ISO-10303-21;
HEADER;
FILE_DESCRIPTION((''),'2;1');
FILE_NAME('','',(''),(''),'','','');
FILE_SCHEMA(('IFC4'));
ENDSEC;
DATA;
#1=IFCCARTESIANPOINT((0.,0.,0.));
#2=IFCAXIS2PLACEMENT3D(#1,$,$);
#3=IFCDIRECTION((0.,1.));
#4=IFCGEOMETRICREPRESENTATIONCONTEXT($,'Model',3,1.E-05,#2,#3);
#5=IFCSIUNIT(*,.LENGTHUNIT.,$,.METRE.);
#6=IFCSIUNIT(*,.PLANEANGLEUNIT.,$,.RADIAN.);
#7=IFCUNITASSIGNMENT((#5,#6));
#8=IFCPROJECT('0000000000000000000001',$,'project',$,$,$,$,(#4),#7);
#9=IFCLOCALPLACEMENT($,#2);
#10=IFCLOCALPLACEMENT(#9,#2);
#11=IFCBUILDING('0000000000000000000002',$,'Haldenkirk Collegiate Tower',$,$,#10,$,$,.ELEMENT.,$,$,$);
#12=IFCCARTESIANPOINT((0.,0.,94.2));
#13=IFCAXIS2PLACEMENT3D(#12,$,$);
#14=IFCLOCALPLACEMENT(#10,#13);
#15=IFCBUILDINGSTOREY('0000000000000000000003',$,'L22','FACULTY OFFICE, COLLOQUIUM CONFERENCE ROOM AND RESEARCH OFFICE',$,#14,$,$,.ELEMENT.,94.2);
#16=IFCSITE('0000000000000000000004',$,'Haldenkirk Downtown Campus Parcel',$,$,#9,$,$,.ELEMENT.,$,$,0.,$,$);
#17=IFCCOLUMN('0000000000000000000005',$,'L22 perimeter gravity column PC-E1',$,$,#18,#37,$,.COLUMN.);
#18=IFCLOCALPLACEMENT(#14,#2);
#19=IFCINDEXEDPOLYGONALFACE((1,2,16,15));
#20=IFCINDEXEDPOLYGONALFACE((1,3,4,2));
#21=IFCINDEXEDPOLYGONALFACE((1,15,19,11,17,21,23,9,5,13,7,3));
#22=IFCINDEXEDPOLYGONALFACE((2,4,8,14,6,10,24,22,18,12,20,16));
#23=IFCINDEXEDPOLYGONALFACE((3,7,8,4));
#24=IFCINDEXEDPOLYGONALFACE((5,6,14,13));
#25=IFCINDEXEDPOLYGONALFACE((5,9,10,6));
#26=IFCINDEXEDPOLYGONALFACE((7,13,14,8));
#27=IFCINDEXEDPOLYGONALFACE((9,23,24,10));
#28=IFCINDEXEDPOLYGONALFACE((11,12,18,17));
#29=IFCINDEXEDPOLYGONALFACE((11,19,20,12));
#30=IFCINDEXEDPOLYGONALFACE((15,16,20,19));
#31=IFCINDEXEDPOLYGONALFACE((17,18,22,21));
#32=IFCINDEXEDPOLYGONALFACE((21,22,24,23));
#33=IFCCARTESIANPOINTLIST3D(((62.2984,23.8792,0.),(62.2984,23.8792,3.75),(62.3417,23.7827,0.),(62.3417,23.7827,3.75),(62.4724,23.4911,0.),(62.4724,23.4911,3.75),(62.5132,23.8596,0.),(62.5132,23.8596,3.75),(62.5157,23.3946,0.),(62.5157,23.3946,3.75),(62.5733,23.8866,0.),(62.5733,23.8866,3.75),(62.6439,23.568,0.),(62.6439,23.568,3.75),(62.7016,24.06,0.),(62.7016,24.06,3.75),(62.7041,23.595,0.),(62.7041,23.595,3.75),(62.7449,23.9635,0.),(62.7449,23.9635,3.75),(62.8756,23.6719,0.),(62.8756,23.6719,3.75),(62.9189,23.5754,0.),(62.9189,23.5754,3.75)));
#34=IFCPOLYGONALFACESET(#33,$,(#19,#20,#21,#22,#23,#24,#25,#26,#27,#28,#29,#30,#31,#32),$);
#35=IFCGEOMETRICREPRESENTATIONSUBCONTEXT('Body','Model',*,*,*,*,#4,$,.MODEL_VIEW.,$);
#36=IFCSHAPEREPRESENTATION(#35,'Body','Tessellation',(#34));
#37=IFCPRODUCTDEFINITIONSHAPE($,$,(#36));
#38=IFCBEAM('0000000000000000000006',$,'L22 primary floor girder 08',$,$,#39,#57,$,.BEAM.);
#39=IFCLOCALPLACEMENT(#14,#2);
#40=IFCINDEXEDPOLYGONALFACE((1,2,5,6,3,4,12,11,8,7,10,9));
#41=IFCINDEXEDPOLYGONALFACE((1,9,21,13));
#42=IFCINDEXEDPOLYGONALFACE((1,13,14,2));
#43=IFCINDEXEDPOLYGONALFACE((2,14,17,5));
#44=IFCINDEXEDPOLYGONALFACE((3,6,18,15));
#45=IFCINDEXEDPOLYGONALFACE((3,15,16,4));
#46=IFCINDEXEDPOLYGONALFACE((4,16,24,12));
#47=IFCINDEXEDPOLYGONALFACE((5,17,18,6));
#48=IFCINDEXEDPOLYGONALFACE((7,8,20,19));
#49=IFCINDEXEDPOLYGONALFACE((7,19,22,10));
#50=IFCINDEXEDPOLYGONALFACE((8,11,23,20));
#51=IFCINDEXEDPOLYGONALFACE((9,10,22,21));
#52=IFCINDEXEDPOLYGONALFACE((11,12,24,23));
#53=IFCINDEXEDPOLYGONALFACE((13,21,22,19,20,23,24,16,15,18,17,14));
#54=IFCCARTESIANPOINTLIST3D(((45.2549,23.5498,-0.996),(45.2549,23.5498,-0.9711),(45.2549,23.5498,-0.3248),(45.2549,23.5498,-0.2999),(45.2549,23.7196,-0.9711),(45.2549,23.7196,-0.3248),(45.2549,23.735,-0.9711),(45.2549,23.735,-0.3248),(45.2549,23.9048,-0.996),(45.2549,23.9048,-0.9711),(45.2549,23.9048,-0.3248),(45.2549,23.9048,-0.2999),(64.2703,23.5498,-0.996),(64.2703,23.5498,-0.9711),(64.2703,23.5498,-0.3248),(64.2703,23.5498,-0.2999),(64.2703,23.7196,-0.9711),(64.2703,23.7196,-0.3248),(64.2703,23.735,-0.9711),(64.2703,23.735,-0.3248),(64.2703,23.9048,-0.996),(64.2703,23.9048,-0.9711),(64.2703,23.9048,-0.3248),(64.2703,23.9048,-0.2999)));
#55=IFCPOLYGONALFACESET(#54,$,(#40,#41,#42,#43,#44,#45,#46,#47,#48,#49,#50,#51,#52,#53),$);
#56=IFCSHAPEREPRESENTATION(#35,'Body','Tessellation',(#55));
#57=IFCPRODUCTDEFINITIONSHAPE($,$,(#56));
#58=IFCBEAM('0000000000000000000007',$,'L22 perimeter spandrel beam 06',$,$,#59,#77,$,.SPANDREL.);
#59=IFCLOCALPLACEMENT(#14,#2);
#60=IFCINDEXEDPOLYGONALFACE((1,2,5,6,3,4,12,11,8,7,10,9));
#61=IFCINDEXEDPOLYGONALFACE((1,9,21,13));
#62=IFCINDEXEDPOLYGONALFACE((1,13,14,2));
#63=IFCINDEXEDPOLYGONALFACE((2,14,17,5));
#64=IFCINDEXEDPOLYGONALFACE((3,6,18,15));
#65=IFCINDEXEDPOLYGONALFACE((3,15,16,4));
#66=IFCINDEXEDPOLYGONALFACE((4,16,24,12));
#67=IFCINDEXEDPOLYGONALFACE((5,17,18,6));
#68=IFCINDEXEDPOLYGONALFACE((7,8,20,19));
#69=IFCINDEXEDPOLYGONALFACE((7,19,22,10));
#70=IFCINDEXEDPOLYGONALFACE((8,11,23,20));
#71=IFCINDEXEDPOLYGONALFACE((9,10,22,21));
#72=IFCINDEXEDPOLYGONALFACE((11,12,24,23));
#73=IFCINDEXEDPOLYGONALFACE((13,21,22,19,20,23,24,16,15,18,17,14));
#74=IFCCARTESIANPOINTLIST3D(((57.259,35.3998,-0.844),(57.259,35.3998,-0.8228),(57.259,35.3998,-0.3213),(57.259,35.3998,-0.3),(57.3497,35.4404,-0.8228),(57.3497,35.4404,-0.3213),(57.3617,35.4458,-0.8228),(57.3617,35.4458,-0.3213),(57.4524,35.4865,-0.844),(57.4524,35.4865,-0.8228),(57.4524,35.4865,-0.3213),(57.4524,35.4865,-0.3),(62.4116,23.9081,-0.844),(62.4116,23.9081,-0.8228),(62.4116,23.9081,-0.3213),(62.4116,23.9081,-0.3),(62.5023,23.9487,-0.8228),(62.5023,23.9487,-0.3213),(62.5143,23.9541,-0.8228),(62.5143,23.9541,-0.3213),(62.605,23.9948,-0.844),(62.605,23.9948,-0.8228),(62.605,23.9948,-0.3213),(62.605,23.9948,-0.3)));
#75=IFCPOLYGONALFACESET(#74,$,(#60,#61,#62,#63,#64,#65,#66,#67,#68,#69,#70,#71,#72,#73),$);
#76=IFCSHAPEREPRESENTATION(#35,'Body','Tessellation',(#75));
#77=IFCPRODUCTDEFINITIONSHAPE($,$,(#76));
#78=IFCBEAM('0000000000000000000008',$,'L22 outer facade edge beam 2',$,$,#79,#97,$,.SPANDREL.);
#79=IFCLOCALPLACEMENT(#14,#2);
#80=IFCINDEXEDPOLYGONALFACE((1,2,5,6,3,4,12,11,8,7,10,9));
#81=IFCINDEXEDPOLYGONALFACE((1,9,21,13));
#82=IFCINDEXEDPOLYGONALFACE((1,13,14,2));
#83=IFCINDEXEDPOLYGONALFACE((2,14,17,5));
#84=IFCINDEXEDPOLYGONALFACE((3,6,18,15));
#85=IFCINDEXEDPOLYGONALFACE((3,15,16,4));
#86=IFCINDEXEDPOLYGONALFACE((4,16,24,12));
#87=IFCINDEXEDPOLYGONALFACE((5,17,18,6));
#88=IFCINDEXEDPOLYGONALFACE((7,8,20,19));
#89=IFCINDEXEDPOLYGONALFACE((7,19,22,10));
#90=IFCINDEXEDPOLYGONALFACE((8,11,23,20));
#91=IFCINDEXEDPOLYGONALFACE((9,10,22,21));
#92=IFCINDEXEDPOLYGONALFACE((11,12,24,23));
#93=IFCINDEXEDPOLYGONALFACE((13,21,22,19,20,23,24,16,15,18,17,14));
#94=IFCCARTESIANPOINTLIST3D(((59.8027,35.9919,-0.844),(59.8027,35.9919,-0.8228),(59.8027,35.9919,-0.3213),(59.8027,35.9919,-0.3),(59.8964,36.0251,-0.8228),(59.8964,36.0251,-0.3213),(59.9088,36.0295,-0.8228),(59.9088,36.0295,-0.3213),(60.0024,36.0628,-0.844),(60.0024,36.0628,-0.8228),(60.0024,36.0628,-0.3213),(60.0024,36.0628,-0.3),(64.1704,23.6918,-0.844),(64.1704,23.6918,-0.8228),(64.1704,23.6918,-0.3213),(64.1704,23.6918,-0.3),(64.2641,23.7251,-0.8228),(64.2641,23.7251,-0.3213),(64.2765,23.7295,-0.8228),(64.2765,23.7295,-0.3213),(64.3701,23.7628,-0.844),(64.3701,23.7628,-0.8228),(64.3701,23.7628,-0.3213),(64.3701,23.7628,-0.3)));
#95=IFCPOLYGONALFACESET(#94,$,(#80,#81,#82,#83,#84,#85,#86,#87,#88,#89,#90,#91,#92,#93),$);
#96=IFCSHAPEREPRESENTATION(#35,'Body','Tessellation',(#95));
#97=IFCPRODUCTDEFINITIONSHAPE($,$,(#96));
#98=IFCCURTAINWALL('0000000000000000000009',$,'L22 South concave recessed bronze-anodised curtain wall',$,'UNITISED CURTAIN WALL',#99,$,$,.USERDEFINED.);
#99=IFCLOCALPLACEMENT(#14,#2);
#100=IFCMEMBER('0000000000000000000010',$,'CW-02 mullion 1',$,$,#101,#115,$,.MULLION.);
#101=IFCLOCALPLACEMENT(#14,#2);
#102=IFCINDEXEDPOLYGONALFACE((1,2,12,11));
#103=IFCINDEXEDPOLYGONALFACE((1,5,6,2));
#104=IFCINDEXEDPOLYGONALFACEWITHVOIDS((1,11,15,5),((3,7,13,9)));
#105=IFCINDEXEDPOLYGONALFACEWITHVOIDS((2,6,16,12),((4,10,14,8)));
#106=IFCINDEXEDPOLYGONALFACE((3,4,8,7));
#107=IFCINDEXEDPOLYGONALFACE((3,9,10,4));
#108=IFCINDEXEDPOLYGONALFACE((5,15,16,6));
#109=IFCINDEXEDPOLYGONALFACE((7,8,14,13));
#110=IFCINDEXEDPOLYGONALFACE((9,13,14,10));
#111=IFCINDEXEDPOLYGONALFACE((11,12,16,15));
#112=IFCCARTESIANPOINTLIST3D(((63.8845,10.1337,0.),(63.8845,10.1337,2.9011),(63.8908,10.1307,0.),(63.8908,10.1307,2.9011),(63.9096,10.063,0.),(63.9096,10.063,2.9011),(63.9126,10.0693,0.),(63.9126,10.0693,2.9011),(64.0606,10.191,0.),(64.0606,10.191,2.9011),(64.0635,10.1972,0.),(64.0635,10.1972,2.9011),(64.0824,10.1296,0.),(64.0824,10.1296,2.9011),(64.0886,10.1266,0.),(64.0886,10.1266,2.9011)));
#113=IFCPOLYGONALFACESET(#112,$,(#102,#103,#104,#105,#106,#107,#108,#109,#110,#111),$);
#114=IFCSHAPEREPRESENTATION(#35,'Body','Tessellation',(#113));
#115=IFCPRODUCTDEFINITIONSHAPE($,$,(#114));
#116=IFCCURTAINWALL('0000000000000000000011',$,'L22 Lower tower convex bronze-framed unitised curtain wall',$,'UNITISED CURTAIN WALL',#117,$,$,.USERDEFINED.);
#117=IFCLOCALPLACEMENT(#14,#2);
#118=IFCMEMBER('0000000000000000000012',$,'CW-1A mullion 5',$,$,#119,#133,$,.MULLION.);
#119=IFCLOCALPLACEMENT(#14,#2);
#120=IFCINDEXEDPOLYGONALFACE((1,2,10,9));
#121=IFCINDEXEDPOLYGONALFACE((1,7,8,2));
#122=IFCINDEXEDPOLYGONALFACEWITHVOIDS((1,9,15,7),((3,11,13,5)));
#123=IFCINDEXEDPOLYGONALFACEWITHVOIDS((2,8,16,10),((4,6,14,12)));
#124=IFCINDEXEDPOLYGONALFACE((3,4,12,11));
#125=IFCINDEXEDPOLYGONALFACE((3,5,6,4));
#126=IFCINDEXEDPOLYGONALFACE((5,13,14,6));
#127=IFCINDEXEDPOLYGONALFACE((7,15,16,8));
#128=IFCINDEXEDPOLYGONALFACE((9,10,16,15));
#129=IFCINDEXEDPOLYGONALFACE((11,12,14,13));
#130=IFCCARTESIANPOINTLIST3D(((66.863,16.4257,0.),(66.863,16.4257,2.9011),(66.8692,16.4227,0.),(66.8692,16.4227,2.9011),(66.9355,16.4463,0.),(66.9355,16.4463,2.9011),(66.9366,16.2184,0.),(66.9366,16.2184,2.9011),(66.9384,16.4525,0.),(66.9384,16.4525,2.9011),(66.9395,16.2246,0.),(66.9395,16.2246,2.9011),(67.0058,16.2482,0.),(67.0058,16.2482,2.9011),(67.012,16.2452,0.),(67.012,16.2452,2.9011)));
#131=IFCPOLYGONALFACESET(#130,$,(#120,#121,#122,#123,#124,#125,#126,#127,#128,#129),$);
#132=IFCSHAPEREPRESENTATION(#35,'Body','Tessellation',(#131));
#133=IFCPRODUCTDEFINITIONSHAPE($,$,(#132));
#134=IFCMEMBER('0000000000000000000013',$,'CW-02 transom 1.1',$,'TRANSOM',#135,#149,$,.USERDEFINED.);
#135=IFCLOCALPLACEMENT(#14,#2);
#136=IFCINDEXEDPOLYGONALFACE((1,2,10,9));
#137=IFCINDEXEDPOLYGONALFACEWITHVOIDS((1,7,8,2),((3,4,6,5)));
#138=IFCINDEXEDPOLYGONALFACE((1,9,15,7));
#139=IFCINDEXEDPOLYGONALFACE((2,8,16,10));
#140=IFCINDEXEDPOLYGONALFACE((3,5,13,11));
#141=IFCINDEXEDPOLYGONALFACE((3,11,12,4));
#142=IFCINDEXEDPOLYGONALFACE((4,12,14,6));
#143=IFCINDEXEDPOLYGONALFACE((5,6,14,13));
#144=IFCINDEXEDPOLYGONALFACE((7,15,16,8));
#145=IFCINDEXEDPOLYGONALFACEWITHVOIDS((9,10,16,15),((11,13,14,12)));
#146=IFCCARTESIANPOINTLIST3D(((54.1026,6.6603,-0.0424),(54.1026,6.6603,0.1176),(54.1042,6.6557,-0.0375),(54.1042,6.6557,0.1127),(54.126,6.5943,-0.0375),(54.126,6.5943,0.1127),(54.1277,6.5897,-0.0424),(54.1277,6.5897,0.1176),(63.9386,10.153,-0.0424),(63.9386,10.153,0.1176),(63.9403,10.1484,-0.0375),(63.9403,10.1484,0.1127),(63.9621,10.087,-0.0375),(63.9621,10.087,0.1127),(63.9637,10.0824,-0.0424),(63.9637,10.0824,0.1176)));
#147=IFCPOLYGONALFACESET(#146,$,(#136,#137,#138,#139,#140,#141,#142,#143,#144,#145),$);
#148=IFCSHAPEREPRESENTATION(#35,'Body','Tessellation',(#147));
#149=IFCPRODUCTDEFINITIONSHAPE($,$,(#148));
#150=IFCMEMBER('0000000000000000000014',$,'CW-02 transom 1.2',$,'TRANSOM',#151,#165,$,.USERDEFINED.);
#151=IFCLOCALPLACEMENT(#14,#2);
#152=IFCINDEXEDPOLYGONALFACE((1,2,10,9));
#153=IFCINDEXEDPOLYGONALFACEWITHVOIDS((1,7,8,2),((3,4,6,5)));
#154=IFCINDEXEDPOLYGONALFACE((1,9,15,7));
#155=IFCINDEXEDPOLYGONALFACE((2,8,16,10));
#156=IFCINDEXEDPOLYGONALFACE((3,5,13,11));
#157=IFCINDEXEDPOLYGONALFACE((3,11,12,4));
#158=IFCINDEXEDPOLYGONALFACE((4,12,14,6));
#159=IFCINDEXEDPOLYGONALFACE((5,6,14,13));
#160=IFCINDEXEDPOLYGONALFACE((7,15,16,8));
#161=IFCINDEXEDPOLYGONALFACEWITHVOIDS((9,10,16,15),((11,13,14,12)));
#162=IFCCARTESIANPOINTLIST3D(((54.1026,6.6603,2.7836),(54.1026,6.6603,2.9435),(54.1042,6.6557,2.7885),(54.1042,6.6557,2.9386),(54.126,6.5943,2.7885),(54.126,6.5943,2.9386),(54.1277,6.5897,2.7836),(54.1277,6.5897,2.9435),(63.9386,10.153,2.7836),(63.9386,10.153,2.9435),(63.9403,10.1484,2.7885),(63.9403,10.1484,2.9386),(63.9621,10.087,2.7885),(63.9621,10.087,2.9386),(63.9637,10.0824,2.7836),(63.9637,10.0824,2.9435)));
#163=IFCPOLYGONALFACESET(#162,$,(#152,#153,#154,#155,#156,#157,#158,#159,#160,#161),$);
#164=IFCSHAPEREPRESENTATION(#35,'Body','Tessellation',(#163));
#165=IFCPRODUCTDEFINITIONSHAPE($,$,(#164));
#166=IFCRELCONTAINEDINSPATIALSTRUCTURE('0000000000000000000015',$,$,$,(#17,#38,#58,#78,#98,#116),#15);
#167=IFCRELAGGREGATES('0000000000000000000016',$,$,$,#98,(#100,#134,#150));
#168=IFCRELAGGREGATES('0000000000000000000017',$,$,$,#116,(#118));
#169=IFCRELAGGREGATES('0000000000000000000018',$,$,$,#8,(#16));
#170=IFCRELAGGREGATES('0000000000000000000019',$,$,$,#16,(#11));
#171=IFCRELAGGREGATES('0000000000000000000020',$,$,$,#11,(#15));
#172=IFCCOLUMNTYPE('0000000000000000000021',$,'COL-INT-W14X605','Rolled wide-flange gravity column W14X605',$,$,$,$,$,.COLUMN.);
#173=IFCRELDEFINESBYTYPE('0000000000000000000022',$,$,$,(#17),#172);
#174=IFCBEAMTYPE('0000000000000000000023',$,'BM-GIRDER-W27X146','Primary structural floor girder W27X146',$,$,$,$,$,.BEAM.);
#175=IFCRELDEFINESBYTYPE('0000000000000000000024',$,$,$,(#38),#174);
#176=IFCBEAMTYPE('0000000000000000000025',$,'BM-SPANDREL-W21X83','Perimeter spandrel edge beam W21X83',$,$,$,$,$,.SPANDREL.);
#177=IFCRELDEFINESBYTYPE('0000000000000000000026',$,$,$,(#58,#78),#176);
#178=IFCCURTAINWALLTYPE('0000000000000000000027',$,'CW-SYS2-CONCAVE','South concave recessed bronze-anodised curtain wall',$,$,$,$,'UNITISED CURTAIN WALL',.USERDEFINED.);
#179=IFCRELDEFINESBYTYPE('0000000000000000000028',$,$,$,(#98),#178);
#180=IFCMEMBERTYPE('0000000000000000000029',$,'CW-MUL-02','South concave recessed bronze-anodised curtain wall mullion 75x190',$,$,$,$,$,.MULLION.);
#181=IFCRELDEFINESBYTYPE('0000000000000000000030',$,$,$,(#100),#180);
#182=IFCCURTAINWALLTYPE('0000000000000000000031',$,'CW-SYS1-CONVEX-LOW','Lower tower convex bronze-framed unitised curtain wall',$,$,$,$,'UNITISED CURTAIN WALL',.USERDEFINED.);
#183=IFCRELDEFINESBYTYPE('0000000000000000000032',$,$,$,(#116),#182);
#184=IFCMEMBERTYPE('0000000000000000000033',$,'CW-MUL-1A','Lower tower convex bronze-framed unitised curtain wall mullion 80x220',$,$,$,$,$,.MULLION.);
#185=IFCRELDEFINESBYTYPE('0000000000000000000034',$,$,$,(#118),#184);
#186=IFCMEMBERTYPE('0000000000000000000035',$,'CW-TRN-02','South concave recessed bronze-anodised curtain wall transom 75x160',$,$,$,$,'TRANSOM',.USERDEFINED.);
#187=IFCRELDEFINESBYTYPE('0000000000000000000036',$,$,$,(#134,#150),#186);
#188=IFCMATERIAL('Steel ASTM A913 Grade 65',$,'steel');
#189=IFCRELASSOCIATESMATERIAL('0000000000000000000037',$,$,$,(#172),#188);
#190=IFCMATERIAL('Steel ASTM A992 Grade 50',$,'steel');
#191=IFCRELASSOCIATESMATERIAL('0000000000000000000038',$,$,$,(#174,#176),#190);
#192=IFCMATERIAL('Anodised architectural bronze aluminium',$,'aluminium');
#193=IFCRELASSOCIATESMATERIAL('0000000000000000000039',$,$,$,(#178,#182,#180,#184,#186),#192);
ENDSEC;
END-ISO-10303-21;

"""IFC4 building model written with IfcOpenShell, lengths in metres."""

from ifc_helpers import new_model, si_unit, direction, frame, origin, origin_2d, place, context, subcontext, project, spatial, hollow_rectangle, i_section, extrude, material, material_profile, profile_set, type_object, element, aggregate, save


model = new_model("IFC4")

# Units and contexts
model_context = context("Model", 3, precision=1e-05, world=origin(), true_north=direction((0.0, 1.0)))
body_context = subcontext(model_context, "Body", "Model", "MODEL_VIEW")
ifc_project = project(units=[si_unit("LENGTHUNIT", "METRE"), si_unit("PLANEANGLEUNIT", "RADIAN")], contexts=[model_context])

# Site, building, storey
site_placement = place(None, origin())
site = spatial("IfcSite", under=ifc_project, at=site_placement, Name="Haldenkirk Downtown Campus Parcel", CompositionType="ELEMENT", RefElevation=0.0)
building_placement = place(site_placement, origin())
building = spatial("IfcBuilding", under=site, at=building_placement, Name="Haldenkirk Collegiate Tower", CompositionType="ELEMENT")
storey_placement = place(building_placement, frame((0.0, 0.0, 94.2)))
storey = spatial("IfcBuildingStorey", under=building, at=storey_placement, Name="L22", Description="FACULTY OFFICE, COLLOQUIUM CONFERENCE ROOM AND RESEARCH OFFICE", CompositionType="ELEMENT", Elevation=94.2)

# Column
ifc_material_1 = material(Name="Steel ASTM A913 Grade 65", Category="steel")
ifc_material_profile_1 = material_profile(ifc_material_1, i_section(OverallWidth=0.4419, OverallDepth=0.531, WebThickness=0.0659, FlangeThickness=0.1057, at=origin_2d()), Name="W14X605")
ifc_profile_set_1 = profile_set([ifc_material_profile_1], Name="Steel ASTM A913 Grade 65")
column_type = type_object("IfcColumnType", Name="COL-INT-W14X605", Description="Rolled wide-flange gravity column W14X605", PredefinedType="COLUMN", material=ifc_profile_set_1)
column_placement = place(storey_placement, frame((62.6086, 23.7273, 0.0), z_axis=(0.0, 0.0, 1.0), x_axis=(0.912477, 0.409127, 0.0)))
element("IfcColumn", 1, at=column_placement, inside=storey, type_object=column_type, Name="L22 perimeter gravity column PC-E1", PredefinedType="COLUMN", context=body_context, shape_type="SweptSolid", body=[
    extrude(i_section(OverallWidth=0.4419, OverallDepth=0.531, WebThickness=0.0659, FlangeThickness=0.1057, at=origin_2d()), origin(), (0.0, 0.0, 1.0), 3.75),
])

# Beams
ifc_material_2 = material(Name="Steel ASTM A992 Grade 50", Category="steel")
ifc_material_profile_2 = material_profile(ifc_material_2, i_section(OverallWidth=0.355, OverallDepth=0.696, WebThickness=0.0154, FlangeThickness=0.0249, at=origin_2d()), Name="W27X146")
ifc_profile_set_2 = profile_set([ifc_material_profile_2], Name="Steel ASTM A992 Grade 50")
beam_type_1 = type_object("IfcBeamType", Name="BM-GIRDER-W27X146", Description="Primary structural floor girder W27X146", PredefinedType="BEAM", material=ifc_profile_set_2)
beam_1_placement = place(storey_placement, frame((64.2703, 23.7273, -0.6479), z_axis=(-1.0, 0.0, 0.0), x_axis=(0.0, -1.0, 0.0)))
element("IfcBeam", 2, at=beam_1_placement, inside=storey, type_object=beam_type_1, Name="L22 primary floor girder 08", PredefinedType="BEAM", context=body_context, shape_type="SweptSolid", body=[
    extrude(i_section(OverallWidth=0.355, OverallDepth=0.696, WebThickness=0.0154, FlangeThickness=0.0249, at=origin_2d()), origin(), (0.0, 0.0, 1.0), 19.0154),
])
ifc_material_profile_3 = material_profile(ifc_material_2, i_section(OverallWidth=0.2119, OverallDepth=0.5439, WebThickness=0.0132, FlangeThickness=0.0212, at=origin_2d()), Name="W21X83")
ifc_profile_set_3 = profile_set([ifc_material_profile_3], Name="Steel ASTM A992 Grade 50")
beam_type_2 = type_object("IfcBeamType", Name="BM-SPANDREL-W21X83", Description="Perimeter spandrel edge beam W21X83", PredefinedType="SPANDREL", material=ifc_profile_set_3)
beam_2_placement = place(storey_placement, frame((62.5083, 23.9514, -0.572), z_axis=(-0.409131, 0.912476, 0.0), x_axis=(-0.912476, -0.409131, 0.0)))
element("IfcBeam", 3, at=beam_2_placement, inside=storey, type_object=beam_type_2, Name="L22 perimeter spandrel beam 06", PredefinedType="SPANDREL", context=body_context, shape_type="SweptSolid", body=[
    extrude(i_section(OverallWidth=0.2119, OverallDepth=0.5439, WebThickness=0.0132, FlangeThickness=0.0212, at=origin_2d()), origin(), (0.0, 0.0, 1.0), 12.594),
])
beam_3_placement = place(storey_placement, frame((64.2703, 23.7273, -0.572), z_axis=(-0.334624, 0.942352, 0.0), x_axis=(-0.942352, -0.334624, 0.0)))
element("IfcBeam", 4, at=beam_3_placement, inside=storey, type_object=beam_type_2, Name="L22 outer facade edge beam 2", PredefinedType="SPANDREL", context=body_context, shape_type="SweptSolid", body=[
    extrude(i_section(OverallWidth=0.2119, OverallDepth=0.5439, WebThickness=0.0132, FlangeThickness=0.0212, at=origin_2d()), origin(), (0.0, 0.0, 1.0), 13.0525),
])

# Curtain walls, members
ifc_material_3 = material(Name="Anodised architectural bronze aluminium", Category="aluminium")
curtain_wall_type_1 = type_object("IfcCurtainWallType", Name="CW-SYS2-CONCAVE", Description="South concave recessed bronze-anodised curtain wall", ElementType="UNITISED CURTAIN WALL", PredefinedType="USERDEFINED", material=ifc_material_3)
curtain_wall_1_placement = place(storey_placement, origin())
curtain_wall_1 = element("IfcCurtainWall", 5, at=curtain_wall_1_placement, inside=storey, type_object=curtain_wall_type_1, Name="L22 South concave recessed bronze-anodised curtain wall", ObjectType="UNITISED CURTAIN WALL", PredefinedType="USERDEFINED")
ifc_material_profile_4 = material_profile(ifc_material_3, hollow_rectangle(XDim=0.075, YDim=0.1899, WallThickness=0.0049, at=origin_2d()), Name="CW-MUL-02")
ifc_profile_set_4 = profile_set([ifc_material_profile_4], Name="Anodised architectural bronze aluminium")
member_type_1 = type_object("IfcMemberType", Name="CW-MUL-02", Description="South concave recessed bronze-anodised curtain wall mullion 75x190", PredefinedType="MULLION", material=ifc_profile_set_4)
member_1_placement = place(storey_placement, frame((63.9866, 10.1301, 0.0), z_axis=(0.0, 0.0, 1.0), x_axis=(0.334628, -0.94235, 0.0)))
member_1 = element("IfcMember", 6, at=member_1_placement, type_object=member_type_1, Name="CW-02 mullion 1", PredefinedType="MULLION", context=body_context, shape_type="SweptSolid", body=[
    extrude(hollow_rectangle(XDim=0.075, YDim=0.1899, WallThickness=0.0049, at=origin_2d()), origin(), (0.0, 0.0, 1.0), 2.9011),
])
curtain_wall_type_2 = type_object("IfcCurtainWallType", Name="CW-SYS1-CONVEX-LOW", Description="Lower tower convex bronze-framed unitised curtain wall", ElementType="UNITISED CURTAIN WALL", PredefinedType="USERDEFINED", material=ifc_material_3)
curtain_wall_2_placement = place(storey_placement, origin())
curtain_wall_2 = element("IfcCurtainWall", 7, at=curtain_wall_2_placement, inside=storey, type_object=curtain_wall_type_2, Name="L22 Lower tower convex bronze-framed unitised curtain wall", ObjectType="UNITISED CURTAIN WALL", PredefinedType="USERDEFINED")
ifc_material_profile_5 = material_profile(ifc_material_3, hollow_rectangle(XDim=0.0801, YDim=0.22, WallThickness=0.0049, at=origin_2d()), Name="CW-MUL-1A")
ifc_profile_set_5 = profile_set([ifc_material_profile_5], Name="Anodised architectural bronze aluminium")
member_type_2 = type_object("IfcMemberType", Name="CW-MUL-1A", Description="Lower tower convex bronze-framed unitised curtain wall mullion 80x220", PredefinedType="MULLION", material=ifc_profile_set_5)
member_2_placement = place(storey_placement, frame((66.9375, 16.3354, 0.0), z_axis=(0.0, 0.0, 1.0), x_axis=(0.94235, 0.334629, 0.0)))
member_2 = element("IfcMember", 8, at=member_2_placement, type_object=member_type_2, Name="CW-1A mullion 5", PredefinedType="MULLION", context=body_context, shape_type="SweptSolid", body=[
    extrude(hollow_rectangle(XDim=0.0801, YDim=0.22, WallThickness=0.0049, at=origin_2d()), origin(), (0.0, 0.0, 1.0), 2.9011),
])

# Members
ifc_material_profile_6 = material_profile(ifc_material_3, hollow_rectangle(XDim=0.075, YDim=0.1599, WallThickness=0.0049, at=origin_2d()), Name="CW-TRN-02")
ifc_profile_set_6 = profile_set([ifc_material_profile_6], Name="Anodised architectural bronze aluminium")
member_type_3 = type_object("IfcMemberType", Name="CW-TRN-02", Description="South concave recessed bronze-anodised curtain wall transom 75x160", ElementType="TRANSOM", PredefinedType="USERDEFINED", material=ifc_profile_set_6)
member_3_placement = place(storey_placement, frame((63.9512, 10.1177, 0.0376), z_axis=(-0.942352, -0.334623, 0.0), x_axis=(0.334623, -0.942352, 0.0)))
member_3 = element("IfcMember", 9, at=member_3_placement, type_object=member_type_3, Name="CW-02 transom 1.1", ObjectType="TRANSOM", PredefinedType="USERDEFINED", context=body_context, shape_type="SweptSolid", body=[
    extrude(hollow_rectangle(XDim=0.075, YDim=0.1599, WallThickness=0.0049, at=origin_2d()), origin(), (0.0, 0.0, 1.0), 10.4377),
])
member_4_placement = place(storey_placement, frame((63.9512, 10.1177, 2.8635), z_axis=(-0.942352, -0.334623, 0.0), x_axis=(0.334623, -0.942352, 0.0)))
member_4 = element("IfcMember", 10, at=member_4_placement, type_object=member_type_3, Name="CW-02 transom 1.2", ObjectType="TRANSOM", PredefinedType="USERDEFINED", context=body_context, shape_type="SweptSolid", body=[
    extrude(hollow_rectangle(XDim=0.075, YDim=0.1599, WallThickness=0.0049, at=origin_2d()), origin(), (0.0, 0.0, 1.0), 10.4377),
])
aggregate(curtain_wall_1, [member_1, member_3, member_4])

aggregate(curtain_wall_2, [member_2])

save(model, "model.ifc")
